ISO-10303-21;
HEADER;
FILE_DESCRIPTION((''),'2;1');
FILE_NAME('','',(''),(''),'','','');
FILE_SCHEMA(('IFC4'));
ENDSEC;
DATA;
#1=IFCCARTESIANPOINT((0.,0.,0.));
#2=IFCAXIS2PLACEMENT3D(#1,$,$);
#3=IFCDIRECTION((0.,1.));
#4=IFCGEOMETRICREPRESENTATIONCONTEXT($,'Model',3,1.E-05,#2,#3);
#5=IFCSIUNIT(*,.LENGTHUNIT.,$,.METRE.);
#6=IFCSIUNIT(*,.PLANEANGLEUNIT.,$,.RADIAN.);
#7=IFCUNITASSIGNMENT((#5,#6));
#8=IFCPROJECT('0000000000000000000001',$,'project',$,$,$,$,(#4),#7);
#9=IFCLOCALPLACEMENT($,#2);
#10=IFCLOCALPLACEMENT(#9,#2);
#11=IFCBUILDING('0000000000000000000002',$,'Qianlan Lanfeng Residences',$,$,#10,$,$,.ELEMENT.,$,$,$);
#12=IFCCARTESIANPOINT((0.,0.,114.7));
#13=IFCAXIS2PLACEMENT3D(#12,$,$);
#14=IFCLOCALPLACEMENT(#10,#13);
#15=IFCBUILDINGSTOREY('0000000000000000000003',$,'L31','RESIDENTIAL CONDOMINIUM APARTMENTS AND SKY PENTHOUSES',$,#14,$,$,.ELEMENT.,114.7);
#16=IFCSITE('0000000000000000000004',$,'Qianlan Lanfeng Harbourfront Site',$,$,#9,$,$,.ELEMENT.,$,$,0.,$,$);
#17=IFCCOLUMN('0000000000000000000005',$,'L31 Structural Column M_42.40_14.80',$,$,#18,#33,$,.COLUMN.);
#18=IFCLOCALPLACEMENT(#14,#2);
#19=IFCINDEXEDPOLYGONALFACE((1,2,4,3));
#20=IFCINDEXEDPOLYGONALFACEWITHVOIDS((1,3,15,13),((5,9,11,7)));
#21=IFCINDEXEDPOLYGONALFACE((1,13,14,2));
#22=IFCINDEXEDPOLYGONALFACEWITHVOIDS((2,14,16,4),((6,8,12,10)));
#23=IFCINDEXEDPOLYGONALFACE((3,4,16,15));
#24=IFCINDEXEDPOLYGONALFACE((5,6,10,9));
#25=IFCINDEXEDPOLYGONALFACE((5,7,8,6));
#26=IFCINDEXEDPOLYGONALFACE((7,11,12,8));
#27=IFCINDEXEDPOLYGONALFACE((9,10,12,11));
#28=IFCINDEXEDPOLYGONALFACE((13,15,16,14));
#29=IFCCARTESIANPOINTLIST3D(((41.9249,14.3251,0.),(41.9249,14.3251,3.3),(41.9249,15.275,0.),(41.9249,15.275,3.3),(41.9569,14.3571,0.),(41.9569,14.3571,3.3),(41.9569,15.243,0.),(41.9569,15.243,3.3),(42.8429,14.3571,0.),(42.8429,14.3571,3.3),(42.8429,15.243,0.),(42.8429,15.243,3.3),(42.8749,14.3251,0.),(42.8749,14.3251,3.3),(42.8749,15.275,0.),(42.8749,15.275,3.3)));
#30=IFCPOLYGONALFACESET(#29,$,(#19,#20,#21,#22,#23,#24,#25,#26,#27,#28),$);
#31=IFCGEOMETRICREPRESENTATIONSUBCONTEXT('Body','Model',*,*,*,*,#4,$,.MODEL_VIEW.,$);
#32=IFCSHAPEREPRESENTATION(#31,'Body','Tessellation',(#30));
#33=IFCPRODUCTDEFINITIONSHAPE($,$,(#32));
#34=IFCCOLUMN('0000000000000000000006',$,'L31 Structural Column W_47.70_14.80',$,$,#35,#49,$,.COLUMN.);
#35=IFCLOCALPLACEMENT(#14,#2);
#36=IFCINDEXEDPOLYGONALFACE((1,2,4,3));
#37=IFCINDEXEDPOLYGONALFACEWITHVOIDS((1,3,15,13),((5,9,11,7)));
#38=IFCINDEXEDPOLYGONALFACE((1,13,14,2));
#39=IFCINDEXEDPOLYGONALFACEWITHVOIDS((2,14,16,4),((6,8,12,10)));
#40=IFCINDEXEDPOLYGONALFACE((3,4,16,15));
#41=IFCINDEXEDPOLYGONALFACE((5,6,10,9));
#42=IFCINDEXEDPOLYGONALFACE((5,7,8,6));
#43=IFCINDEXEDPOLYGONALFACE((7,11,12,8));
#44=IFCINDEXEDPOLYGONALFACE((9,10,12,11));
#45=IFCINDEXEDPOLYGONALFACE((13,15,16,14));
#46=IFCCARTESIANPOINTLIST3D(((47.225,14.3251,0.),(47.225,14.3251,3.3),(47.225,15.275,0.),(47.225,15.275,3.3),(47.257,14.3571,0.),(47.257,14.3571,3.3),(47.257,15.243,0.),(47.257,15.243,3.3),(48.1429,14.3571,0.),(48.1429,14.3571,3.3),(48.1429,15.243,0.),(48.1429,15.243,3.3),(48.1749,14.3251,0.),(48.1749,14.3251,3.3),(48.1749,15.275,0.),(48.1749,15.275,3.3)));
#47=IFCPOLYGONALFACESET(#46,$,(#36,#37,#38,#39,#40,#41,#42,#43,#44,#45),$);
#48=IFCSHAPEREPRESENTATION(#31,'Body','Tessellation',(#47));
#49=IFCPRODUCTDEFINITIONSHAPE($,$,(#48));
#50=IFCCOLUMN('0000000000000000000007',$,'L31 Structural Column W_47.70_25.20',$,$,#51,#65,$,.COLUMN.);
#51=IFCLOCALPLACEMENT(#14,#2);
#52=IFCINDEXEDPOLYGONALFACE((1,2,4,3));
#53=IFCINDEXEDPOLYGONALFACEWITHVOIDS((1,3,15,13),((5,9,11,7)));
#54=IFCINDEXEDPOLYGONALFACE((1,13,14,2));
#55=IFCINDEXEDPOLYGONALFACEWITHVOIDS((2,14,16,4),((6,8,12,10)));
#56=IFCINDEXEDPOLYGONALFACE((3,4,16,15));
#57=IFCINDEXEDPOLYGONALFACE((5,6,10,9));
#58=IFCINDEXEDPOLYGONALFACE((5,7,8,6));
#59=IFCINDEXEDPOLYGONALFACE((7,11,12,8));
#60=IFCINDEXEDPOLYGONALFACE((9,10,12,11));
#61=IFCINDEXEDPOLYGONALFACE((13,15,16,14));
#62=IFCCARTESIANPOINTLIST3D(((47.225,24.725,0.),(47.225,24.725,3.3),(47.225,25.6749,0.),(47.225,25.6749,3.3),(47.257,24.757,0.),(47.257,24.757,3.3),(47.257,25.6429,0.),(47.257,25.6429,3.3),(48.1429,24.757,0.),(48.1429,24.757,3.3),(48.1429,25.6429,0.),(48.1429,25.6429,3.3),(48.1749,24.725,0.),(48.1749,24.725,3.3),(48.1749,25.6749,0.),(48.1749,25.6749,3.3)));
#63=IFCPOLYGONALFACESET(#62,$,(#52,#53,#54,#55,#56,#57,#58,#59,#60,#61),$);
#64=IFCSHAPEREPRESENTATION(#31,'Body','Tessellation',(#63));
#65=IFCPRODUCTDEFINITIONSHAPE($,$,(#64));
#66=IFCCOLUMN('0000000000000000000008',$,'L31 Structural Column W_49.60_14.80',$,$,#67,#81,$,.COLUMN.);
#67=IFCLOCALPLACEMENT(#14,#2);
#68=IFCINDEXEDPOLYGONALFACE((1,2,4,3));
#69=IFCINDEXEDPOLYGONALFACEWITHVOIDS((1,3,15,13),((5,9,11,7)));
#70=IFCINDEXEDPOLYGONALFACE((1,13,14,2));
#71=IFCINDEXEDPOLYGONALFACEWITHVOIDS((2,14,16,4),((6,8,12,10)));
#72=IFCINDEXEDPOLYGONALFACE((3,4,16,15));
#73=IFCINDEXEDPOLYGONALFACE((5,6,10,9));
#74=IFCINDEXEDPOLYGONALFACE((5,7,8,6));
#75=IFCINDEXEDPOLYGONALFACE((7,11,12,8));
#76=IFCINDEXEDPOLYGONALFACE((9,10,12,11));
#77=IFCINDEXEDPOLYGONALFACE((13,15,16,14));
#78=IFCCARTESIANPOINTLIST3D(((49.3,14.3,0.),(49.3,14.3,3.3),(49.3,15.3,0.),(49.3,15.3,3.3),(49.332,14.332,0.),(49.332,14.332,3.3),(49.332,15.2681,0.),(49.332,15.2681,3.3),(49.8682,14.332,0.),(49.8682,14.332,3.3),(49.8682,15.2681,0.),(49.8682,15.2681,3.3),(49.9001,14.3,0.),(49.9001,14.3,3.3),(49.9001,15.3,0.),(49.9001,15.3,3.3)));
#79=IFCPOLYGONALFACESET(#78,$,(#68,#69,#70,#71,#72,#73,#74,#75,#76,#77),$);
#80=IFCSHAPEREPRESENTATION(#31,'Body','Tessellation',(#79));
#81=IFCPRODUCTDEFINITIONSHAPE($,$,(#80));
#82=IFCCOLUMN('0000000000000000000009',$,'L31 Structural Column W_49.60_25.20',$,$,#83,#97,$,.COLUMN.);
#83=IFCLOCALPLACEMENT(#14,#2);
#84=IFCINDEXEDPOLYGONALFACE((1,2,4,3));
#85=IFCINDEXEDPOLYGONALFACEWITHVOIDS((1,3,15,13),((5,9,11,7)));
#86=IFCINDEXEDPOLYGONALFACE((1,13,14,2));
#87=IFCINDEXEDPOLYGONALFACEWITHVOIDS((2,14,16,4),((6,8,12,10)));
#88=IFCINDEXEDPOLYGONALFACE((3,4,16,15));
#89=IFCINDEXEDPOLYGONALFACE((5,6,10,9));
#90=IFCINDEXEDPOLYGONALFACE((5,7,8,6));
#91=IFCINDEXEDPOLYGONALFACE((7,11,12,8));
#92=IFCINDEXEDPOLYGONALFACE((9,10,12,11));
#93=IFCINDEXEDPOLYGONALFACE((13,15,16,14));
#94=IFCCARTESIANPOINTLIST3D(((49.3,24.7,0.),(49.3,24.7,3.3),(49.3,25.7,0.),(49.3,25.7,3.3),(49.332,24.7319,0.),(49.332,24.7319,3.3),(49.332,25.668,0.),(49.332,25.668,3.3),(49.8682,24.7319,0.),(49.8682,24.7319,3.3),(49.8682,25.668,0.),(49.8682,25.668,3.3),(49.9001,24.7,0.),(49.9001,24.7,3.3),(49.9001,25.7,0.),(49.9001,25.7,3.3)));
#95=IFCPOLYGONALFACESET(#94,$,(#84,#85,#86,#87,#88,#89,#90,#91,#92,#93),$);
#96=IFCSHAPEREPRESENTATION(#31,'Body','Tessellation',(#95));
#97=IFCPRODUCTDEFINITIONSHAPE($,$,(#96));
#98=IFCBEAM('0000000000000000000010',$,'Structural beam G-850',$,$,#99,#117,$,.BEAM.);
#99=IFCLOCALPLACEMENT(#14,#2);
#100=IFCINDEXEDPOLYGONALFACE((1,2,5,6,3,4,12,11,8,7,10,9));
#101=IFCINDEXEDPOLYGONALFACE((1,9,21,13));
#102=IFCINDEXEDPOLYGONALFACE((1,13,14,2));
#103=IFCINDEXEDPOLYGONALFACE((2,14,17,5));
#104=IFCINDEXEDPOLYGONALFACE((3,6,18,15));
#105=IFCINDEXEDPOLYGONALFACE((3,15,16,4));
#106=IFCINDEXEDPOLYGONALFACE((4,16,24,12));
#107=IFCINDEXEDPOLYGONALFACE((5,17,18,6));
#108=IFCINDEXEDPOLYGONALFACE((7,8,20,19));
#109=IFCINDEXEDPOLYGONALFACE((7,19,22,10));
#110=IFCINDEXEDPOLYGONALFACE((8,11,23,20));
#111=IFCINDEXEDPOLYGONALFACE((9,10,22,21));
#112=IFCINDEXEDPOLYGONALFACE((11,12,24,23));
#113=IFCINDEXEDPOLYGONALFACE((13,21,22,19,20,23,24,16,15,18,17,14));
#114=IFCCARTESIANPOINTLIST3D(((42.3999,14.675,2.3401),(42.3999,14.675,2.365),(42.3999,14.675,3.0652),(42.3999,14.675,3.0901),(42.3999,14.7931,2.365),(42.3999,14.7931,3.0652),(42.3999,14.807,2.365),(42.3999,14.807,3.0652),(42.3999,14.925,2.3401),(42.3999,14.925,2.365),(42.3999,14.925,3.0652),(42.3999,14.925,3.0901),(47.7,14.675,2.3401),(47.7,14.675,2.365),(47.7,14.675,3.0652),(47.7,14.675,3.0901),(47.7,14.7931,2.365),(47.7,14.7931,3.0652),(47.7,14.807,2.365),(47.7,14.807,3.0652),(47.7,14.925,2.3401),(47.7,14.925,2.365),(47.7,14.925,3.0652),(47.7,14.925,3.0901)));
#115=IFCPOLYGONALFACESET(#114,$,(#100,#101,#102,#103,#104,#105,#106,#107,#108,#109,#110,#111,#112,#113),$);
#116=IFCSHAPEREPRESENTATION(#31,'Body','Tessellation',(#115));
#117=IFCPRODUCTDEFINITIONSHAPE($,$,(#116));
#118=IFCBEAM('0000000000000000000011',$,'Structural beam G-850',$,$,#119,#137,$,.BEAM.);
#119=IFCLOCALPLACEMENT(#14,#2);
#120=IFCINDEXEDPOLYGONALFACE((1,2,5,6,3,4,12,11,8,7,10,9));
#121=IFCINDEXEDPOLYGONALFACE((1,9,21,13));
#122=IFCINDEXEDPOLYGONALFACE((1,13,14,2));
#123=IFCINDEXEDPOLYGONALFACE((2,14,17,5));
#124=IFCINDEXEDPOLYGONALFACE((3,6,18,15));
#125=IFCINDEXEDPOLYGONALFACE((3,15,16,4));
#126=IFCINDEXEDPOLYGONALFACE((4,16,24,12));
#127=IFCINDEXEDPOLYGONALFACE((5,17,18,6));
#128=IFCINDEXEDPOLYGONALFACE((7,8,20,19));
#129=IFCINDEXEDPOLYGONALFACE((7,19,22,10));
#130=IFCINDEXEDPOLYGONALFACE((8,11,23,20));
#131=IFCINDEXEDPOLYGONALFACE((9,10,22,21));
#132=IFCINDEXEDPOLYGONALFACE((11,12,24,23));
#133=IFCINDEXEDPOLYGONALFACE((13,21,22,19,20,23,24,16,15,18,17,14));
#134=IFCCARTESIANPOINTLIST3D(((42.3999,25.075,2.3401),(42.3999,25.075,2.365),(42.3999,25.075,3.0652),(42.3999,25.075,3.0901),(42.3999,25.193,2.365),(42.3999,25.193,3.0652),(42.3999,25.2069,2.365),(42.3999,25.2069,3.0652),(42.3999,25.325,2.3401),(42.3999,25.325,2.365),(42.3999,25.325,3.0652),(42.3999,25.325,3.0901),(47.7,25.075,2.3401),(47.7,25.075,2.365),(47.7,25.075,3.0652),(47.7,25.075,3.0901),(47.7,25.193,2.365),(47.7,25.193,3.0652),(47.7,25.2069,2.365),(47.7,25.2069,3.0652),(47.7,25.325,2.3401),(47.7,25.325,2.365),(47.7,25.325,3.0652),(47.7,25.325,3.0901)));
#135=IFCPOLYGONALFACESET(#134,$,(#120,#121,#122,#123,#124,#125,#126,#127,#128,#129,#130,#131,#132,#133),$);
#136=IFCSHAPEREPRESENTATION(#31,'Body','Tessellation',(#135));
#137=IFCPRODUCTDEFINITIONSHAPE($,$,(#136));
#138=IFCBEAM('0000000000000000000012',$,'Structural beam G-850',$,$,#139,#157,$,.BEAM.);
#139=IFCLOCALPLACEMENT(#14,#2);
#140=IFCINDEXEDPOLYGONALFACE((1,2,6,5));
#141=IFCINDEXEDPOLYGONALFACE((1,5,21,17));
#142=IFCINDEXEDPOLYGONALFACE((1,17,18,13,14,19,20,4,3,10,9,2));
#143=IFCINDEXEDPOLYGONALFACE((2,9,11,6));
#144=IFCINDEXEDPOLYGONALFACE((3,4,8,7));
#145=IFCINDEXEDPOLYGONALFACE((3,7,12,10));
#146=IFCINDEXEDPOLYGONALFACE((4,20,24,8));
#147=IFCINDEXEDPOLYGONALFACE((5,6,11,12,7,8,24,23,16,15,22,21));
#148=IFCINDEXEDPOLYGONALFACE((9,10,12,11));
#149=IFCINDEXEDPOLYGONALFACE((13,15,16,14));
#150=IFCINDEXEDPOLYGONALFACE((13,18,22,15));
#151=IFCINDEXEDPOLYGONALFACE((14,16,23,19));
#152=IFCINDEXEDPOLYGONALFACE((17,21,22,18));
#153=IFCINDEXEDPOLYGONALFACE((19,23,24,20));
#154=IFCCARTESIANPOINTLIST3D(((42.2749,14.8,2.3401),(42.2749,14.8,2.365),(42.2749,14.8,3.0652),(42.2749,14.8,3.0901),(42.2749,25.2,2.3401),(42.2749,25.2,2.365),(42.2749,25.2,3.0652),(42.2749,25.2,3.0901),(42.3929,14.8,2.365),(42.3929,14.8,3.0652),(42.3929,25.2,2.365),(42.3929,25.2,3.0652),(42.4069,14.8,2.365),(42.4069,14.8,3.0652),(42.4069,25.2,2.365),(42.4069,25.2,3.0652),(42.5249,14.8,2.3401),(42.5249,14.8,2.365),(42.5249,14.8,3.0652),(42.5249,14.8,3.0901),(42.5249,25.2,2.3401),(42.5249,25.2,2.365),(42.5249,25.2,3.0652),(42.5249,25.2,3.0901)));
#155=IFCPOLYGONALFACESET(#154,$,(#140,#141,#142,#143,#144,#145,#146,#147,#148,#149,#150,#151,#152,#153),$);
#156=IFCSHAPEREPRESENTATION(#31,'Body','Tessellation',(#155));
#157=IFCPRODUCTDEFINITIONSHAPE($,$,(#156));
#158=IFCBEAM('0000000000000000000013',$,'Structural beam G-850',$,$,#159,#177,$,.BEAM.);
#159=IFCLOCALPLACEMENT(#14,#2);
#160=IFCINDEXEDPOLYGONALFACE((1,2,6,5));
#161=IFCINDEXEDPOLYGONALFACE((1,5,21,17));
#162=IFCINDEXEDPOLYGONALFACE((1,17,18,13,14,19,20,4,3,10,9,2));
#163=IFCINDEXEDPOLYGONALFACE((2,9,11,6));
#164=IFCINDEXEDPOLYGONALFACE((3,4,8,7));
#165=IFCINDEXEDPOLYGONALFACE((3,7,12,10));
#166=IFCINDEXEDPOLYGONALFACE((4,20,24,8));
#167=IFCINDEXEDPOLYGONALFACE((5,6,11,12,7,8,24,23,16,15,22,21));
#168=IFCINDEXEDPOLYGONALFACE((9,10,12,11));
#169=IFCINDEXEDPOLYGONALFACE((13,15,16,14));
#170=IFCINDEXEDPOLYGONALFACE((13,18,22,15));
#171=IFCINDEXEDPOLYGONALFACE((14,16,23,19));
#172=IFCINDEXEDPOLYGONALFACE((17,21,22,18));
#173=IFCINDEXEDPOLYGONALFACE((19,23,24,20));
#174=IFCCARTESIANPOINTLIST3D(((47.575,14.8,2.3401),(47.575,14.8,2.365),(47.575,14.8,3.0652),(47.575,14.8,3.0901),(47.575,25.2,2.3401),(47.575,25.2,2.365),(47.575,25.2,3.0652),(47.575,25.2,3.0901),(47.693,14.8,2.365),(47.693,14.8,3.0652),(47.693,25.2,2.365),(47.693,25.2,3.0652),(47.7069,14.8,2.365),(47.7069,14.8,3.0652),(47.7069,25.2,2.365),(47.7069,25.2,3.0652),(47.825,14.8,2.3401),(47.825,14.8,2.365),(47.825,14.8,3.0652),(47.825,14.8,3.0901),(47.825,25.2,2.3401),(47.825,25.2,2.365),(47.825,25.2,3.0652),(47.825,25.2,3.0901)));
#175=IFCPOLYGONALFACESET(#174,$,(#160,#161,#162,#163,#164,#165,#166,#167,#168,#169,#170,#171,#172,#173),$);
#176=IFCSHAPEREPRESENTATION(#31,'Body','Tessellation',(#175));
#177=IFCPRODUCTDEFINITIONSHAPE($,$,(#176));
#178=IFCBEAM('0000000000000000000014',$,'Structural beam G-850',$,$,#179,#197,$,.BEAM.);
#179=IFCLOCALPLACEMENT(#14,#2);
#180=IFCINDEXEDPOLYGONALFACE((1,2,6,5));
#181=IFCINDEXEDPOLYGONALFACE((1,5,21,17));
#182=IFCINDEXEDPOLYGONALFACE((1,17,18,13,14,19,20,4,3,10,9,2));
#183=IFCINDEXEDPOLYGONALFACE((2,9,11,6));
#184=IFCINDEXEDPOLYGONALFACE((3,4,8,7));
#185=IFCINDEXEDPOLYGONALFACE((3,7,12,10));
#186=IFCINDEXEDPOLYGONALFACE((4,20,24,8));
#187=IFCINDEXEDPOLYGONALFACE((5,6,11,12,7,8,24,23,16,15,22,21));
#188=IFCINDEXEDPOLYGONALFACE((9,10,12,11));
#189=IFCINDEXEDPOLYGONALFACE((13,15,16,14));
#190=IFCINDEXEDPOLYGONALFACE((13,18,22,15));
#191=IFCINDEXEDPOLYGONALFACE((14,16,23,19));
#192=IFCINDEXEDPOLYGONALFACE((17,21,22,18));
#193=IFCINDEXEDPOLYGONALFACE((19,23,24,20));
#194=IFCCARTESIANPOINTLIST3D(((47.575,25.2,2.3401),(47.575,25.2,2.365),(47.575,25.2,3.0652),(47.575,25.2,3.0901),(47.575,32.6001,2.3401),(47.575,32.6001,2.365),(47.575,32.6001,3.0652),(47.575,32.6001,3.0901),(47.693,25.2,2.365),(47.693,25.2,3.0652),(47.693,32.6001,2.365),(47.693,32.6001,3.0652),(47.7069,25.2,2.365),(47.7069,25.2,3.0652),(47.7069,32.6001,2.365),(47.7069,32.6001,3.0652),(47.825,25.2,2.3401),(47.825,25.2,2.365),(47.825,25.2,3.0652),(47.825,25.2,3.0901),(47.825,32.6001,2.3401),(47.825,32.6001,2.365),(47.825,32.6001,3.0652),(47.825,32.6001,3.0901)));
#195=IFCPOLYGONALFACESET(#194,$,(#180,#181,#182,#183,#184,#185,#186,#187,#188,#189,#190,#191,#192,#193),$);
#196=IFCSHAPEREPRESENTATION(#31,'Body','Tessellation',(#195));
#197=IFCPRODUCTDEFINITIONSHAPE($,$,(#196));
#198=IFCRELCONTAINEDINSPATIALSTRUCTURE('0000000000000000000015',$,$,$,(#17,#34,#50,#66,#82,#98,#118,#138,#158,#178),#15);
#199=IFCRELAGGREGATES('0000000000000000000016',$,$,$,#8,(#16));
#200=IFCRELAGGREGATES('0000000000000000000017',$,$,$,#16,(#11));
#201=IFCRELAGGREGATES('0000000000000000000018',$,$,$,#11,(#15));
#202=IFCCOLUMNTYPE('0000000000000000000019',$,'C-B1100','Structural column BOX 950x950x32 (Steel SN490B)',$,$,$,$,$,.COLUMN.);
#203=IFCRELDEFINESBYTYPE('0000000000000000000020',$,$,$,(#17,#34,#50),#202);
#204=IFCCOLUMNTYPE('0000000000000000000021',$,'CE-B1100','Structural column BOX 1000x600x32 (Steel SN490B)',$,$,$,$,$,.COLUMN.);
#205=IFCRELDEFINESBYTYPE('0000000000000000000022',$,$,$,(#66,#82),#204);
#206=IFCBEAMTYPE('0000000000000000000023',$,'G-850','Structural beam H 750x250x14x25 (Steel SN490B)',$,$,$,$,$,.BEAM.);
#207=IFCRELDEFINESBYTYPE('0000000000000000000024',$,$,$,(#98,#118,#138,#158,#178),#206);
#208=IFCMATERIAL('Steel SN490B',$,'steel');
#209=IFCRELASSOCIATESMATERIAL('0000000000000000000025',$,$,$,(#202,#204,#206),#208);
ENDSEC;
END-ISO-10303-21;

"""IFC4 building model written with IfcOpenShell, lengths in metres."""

from ifc_helpers import new_model, si_unit, direction, frame, origin, origin_2d, place, context, subcontext, project, spatial, hollow_rectangle, i_section, extrude, material, material_profile, profile_set, type_object, element, save


model = new_model("IFC4")

# Units and contexts
model_context = context("Model", 3, precision=1e-05, world=origin(), true_north=direction((0.0, 1.0)))
body_context = subcontext(model_context, "Body", "Model", "MODEL_VIEW")
ifc_project = project(units=[si_unit("LENGTHUNIT", "METRE"), si_unit("PLANEANGLEUNIT", "RADIAN")], contexts=[model_context])

# Site, building, storey
site_placement = place(None, origin())
site = spatial("IfcSite", under=ifc_project, at=site_placement, Name="Qianlan Lanfeng Harbourfront Site", CompositionType="ELEMENT", RefElevation=0.0)
building_placement = place(site_placement, origin())
building = spatial("IfcBuilding", under=site, at=building_placement, Name="Qianlan Lanfeng Residences", CompositionType="ELEMENT")
storey_placement = place(building_placement, frame((0.0, 0.0, 114.7)))
storey = spatial("IfcBuildingStorey", under=building, at=storey_placement, Name="L31", Description="RESIDENTIAL CONDOMINIUM APARTMENTS AND SKY PENTHOUSES", CompositionType="ELEMENT", Elevation=114.7)

# Columns
ifc_material_1 = material(Name="Steel SN490B", Category="steel")
ifc_material_profile_1 = material_profile(ifc_material_1, hollow_rectangle(XDim=0.95, YDim=0.95, WallThickness=0.032, at=origin_2d()), Name="BOX 950x950x32")
ifc_profile_set_1 = profile_set([ifc_material_profile_1], Name="Steel SN490B")
column_type_1 = type_object("IfcColumnType", Name="C-B1100", Description="Structural column BOX 950x950x32 (Steel SN490B)", PredefinedType="COLUMN", material=ifc_profile_set_1)
for number, where, z_axis, x_axis, name in (
    (1, (42.3999, 14.8, 0.0), (0.0, 0.0, 1.0), (1.0, 0.0, 0.0), "L31 Structural Column M_42.40_14.80"),
    (2, (47.7, 14.8, 0.0), (0.0, 0.0, 1.0), (1.0, 0.0, 0.0), "L31 Structural Column W_47.70_14.80"),
    (3, (47.7, 25.2, 0.0), (0.0, 0.0, 1.0), (1.0, 0.0, 0.0), "L31 Structural Column W_47.70_25.20"),
):
    element("IfcColumn", number, at=place(storey_placement, frame(where, z_axis=z_axis, x_axis=x_axis)), inside=storey, type_object=column_type_1, Name=name, PredefinedType="COLUMN", context=body_context, shape_type="SweptSolid", body=[
        extrude(hollow_rectangle(XDim=0.95, YDim=0.95, WallThickness=0.032, at=origin_2d()), origin(), (0.0, 0.0, 1.0), 3.3),
    ])
ifc_material_profile_2 = material_profile(ifc_material_1, hollow_rectangle(XDim=0.6001, YDim=1.0, WallThickness=0.032, at=origin_2d()), Name="BOX 1000x600x32")
ifc_profile_set_2 = profile_set([ifc_material_profile_2], Name="Steel SN490B")
column_type_2 = type_object("IfcColumnType", Name="CE-B1100", Description="Structural column BOX 1000x600x32 (Steel SN490B)", PredefinedType="COLUMN", material=ifc_profile_set_2)
for number, where, z_axis, x_axis, name in (
    (4, (49.6001, 14.8, 0.0), (0.0, 0.0, 1.0), (1.0, 0.0, 0.0), "L31 Structural Column W_49.60_14.80"),
    (5, (49.6001, 25.2, 0.0), (0.0, 0.0, 1.0), (1.0, 0.0, 0.0), "L31 Structural Column W_49.60_25.20"),
):
    element("IfcColumn", number, at=place(storey_placement, frame(where, z_axis=z_axis, x_axis=x_axis)), inside=storey, type_object=column_type_2, Name=name, PredefinedType="COLUMN", context=body_context, shape_type="SweptSolid", body=[
        extrude(hollow_rectangle(XDim=0.6001, YDim=1.0, WallThickness=0.032, at=origin_2d()), origin(), (0.0, 0.0, 1.0), 3.3),
    ])

# Beams
ifc_material_profile_3 = material_profile(ifc_material_1, i_section(OverallWidth=0.25, OverallDepth=0.75, WebThickness=0.0139, FlangeThickness=0.0249, at=origin_2d()), Name="H 750x250x14x25")
ifc_profile_set_3 = profile_set([ifc_material_profile_3], Name="Steel SN490B")
beam_type_1 = type_object("IfcBeamType", Name="G-850", Description="Structural beam H 750x250x14x25 (Steel SN490B)", PredefinedType="BEAM", material=ifc_profile_set_3)
for number, where, z_axis, x_axis, name in (
    (6, (42.3999, 14.8, 2.7151), (1.0, 0.0, 0.0), (0.0, 1.0, 0.0), "Structural beam G-850"),
    (7, (42.3999, 25.2, 2.7151), (1.0, 0.0, 0.0), (0.0, 1.0, 0.0), "Structural beam G-850"),
):
    element("IfcBeam", number, at=place(storey_placement, frame(where, z_axis=z_axis, x_axis=x_axis)), inside=storey, type_object=beam_type_1, Name=name, PredefinedType="BEAM", context=body_context, shape_type="SweptSolid", body=[
        extrude(i_section(OverallWidth=0.25, OverallDepth=0.75, WebThickness=0.0139, FlangeThickness=0.0249, at=origin_2d()), origin(), (0.0, 0.0, 1.0), 5.3),
    ])
for number, where, z_axis, x_axis, name in (
    (8, (42.3999, 14.8, 2.7151), (0.0, 1.0, 0.0), (-1.0, 0.0, 0.0), "Structural beam G-850"),
    (9, (47.7, 14.8, 2.7151), (0.0, 1.0, 0.0), (-1.0, 0.0, 0.0), "Structural beam G-850"),
):
    element("IfcBeam", number, at=place(storey_placement, frame(where, z_axis=z_axis, x_axis=x_axis)), inside=storey, type_object=beam_type_1, Name=name, PredefinedType="BEAM", context=body_context, shape_type="SweptSolid", body=[
        extrude(i_section(OverallWidth=0.25, OverallDepth=0.75, WebThickness=0.0139, FlangeThickness=0.0249, at=origin_2d()), origin(), (0.0, 0.0, 1.0), 10.3999),
    ])
beam_1_placement = place(storey_placement, frame((47.7, 25.2, 2.7151), z_axis=(0.0, 1.0, 0.0), x_axis=(-1.0, 0.0, 0.0)))
element("IfcBeam", 10, at=beam_1_placement, inside=storey, type_object=beam_type_1, Name="Structural beam G-850", PredefinedType="BEAM", context=body_context, shape_type="SweptSolid", body=[
    extrude(i_section(OverallWidth=0.25, OverallDepth=0.75, WebThickness=0.0139, FlangeThickness=0.0249, at=origin_2d()), origin(), (0.0, 0.0, 1.0), 7.4001),
])

save(model, "model.ifc")
